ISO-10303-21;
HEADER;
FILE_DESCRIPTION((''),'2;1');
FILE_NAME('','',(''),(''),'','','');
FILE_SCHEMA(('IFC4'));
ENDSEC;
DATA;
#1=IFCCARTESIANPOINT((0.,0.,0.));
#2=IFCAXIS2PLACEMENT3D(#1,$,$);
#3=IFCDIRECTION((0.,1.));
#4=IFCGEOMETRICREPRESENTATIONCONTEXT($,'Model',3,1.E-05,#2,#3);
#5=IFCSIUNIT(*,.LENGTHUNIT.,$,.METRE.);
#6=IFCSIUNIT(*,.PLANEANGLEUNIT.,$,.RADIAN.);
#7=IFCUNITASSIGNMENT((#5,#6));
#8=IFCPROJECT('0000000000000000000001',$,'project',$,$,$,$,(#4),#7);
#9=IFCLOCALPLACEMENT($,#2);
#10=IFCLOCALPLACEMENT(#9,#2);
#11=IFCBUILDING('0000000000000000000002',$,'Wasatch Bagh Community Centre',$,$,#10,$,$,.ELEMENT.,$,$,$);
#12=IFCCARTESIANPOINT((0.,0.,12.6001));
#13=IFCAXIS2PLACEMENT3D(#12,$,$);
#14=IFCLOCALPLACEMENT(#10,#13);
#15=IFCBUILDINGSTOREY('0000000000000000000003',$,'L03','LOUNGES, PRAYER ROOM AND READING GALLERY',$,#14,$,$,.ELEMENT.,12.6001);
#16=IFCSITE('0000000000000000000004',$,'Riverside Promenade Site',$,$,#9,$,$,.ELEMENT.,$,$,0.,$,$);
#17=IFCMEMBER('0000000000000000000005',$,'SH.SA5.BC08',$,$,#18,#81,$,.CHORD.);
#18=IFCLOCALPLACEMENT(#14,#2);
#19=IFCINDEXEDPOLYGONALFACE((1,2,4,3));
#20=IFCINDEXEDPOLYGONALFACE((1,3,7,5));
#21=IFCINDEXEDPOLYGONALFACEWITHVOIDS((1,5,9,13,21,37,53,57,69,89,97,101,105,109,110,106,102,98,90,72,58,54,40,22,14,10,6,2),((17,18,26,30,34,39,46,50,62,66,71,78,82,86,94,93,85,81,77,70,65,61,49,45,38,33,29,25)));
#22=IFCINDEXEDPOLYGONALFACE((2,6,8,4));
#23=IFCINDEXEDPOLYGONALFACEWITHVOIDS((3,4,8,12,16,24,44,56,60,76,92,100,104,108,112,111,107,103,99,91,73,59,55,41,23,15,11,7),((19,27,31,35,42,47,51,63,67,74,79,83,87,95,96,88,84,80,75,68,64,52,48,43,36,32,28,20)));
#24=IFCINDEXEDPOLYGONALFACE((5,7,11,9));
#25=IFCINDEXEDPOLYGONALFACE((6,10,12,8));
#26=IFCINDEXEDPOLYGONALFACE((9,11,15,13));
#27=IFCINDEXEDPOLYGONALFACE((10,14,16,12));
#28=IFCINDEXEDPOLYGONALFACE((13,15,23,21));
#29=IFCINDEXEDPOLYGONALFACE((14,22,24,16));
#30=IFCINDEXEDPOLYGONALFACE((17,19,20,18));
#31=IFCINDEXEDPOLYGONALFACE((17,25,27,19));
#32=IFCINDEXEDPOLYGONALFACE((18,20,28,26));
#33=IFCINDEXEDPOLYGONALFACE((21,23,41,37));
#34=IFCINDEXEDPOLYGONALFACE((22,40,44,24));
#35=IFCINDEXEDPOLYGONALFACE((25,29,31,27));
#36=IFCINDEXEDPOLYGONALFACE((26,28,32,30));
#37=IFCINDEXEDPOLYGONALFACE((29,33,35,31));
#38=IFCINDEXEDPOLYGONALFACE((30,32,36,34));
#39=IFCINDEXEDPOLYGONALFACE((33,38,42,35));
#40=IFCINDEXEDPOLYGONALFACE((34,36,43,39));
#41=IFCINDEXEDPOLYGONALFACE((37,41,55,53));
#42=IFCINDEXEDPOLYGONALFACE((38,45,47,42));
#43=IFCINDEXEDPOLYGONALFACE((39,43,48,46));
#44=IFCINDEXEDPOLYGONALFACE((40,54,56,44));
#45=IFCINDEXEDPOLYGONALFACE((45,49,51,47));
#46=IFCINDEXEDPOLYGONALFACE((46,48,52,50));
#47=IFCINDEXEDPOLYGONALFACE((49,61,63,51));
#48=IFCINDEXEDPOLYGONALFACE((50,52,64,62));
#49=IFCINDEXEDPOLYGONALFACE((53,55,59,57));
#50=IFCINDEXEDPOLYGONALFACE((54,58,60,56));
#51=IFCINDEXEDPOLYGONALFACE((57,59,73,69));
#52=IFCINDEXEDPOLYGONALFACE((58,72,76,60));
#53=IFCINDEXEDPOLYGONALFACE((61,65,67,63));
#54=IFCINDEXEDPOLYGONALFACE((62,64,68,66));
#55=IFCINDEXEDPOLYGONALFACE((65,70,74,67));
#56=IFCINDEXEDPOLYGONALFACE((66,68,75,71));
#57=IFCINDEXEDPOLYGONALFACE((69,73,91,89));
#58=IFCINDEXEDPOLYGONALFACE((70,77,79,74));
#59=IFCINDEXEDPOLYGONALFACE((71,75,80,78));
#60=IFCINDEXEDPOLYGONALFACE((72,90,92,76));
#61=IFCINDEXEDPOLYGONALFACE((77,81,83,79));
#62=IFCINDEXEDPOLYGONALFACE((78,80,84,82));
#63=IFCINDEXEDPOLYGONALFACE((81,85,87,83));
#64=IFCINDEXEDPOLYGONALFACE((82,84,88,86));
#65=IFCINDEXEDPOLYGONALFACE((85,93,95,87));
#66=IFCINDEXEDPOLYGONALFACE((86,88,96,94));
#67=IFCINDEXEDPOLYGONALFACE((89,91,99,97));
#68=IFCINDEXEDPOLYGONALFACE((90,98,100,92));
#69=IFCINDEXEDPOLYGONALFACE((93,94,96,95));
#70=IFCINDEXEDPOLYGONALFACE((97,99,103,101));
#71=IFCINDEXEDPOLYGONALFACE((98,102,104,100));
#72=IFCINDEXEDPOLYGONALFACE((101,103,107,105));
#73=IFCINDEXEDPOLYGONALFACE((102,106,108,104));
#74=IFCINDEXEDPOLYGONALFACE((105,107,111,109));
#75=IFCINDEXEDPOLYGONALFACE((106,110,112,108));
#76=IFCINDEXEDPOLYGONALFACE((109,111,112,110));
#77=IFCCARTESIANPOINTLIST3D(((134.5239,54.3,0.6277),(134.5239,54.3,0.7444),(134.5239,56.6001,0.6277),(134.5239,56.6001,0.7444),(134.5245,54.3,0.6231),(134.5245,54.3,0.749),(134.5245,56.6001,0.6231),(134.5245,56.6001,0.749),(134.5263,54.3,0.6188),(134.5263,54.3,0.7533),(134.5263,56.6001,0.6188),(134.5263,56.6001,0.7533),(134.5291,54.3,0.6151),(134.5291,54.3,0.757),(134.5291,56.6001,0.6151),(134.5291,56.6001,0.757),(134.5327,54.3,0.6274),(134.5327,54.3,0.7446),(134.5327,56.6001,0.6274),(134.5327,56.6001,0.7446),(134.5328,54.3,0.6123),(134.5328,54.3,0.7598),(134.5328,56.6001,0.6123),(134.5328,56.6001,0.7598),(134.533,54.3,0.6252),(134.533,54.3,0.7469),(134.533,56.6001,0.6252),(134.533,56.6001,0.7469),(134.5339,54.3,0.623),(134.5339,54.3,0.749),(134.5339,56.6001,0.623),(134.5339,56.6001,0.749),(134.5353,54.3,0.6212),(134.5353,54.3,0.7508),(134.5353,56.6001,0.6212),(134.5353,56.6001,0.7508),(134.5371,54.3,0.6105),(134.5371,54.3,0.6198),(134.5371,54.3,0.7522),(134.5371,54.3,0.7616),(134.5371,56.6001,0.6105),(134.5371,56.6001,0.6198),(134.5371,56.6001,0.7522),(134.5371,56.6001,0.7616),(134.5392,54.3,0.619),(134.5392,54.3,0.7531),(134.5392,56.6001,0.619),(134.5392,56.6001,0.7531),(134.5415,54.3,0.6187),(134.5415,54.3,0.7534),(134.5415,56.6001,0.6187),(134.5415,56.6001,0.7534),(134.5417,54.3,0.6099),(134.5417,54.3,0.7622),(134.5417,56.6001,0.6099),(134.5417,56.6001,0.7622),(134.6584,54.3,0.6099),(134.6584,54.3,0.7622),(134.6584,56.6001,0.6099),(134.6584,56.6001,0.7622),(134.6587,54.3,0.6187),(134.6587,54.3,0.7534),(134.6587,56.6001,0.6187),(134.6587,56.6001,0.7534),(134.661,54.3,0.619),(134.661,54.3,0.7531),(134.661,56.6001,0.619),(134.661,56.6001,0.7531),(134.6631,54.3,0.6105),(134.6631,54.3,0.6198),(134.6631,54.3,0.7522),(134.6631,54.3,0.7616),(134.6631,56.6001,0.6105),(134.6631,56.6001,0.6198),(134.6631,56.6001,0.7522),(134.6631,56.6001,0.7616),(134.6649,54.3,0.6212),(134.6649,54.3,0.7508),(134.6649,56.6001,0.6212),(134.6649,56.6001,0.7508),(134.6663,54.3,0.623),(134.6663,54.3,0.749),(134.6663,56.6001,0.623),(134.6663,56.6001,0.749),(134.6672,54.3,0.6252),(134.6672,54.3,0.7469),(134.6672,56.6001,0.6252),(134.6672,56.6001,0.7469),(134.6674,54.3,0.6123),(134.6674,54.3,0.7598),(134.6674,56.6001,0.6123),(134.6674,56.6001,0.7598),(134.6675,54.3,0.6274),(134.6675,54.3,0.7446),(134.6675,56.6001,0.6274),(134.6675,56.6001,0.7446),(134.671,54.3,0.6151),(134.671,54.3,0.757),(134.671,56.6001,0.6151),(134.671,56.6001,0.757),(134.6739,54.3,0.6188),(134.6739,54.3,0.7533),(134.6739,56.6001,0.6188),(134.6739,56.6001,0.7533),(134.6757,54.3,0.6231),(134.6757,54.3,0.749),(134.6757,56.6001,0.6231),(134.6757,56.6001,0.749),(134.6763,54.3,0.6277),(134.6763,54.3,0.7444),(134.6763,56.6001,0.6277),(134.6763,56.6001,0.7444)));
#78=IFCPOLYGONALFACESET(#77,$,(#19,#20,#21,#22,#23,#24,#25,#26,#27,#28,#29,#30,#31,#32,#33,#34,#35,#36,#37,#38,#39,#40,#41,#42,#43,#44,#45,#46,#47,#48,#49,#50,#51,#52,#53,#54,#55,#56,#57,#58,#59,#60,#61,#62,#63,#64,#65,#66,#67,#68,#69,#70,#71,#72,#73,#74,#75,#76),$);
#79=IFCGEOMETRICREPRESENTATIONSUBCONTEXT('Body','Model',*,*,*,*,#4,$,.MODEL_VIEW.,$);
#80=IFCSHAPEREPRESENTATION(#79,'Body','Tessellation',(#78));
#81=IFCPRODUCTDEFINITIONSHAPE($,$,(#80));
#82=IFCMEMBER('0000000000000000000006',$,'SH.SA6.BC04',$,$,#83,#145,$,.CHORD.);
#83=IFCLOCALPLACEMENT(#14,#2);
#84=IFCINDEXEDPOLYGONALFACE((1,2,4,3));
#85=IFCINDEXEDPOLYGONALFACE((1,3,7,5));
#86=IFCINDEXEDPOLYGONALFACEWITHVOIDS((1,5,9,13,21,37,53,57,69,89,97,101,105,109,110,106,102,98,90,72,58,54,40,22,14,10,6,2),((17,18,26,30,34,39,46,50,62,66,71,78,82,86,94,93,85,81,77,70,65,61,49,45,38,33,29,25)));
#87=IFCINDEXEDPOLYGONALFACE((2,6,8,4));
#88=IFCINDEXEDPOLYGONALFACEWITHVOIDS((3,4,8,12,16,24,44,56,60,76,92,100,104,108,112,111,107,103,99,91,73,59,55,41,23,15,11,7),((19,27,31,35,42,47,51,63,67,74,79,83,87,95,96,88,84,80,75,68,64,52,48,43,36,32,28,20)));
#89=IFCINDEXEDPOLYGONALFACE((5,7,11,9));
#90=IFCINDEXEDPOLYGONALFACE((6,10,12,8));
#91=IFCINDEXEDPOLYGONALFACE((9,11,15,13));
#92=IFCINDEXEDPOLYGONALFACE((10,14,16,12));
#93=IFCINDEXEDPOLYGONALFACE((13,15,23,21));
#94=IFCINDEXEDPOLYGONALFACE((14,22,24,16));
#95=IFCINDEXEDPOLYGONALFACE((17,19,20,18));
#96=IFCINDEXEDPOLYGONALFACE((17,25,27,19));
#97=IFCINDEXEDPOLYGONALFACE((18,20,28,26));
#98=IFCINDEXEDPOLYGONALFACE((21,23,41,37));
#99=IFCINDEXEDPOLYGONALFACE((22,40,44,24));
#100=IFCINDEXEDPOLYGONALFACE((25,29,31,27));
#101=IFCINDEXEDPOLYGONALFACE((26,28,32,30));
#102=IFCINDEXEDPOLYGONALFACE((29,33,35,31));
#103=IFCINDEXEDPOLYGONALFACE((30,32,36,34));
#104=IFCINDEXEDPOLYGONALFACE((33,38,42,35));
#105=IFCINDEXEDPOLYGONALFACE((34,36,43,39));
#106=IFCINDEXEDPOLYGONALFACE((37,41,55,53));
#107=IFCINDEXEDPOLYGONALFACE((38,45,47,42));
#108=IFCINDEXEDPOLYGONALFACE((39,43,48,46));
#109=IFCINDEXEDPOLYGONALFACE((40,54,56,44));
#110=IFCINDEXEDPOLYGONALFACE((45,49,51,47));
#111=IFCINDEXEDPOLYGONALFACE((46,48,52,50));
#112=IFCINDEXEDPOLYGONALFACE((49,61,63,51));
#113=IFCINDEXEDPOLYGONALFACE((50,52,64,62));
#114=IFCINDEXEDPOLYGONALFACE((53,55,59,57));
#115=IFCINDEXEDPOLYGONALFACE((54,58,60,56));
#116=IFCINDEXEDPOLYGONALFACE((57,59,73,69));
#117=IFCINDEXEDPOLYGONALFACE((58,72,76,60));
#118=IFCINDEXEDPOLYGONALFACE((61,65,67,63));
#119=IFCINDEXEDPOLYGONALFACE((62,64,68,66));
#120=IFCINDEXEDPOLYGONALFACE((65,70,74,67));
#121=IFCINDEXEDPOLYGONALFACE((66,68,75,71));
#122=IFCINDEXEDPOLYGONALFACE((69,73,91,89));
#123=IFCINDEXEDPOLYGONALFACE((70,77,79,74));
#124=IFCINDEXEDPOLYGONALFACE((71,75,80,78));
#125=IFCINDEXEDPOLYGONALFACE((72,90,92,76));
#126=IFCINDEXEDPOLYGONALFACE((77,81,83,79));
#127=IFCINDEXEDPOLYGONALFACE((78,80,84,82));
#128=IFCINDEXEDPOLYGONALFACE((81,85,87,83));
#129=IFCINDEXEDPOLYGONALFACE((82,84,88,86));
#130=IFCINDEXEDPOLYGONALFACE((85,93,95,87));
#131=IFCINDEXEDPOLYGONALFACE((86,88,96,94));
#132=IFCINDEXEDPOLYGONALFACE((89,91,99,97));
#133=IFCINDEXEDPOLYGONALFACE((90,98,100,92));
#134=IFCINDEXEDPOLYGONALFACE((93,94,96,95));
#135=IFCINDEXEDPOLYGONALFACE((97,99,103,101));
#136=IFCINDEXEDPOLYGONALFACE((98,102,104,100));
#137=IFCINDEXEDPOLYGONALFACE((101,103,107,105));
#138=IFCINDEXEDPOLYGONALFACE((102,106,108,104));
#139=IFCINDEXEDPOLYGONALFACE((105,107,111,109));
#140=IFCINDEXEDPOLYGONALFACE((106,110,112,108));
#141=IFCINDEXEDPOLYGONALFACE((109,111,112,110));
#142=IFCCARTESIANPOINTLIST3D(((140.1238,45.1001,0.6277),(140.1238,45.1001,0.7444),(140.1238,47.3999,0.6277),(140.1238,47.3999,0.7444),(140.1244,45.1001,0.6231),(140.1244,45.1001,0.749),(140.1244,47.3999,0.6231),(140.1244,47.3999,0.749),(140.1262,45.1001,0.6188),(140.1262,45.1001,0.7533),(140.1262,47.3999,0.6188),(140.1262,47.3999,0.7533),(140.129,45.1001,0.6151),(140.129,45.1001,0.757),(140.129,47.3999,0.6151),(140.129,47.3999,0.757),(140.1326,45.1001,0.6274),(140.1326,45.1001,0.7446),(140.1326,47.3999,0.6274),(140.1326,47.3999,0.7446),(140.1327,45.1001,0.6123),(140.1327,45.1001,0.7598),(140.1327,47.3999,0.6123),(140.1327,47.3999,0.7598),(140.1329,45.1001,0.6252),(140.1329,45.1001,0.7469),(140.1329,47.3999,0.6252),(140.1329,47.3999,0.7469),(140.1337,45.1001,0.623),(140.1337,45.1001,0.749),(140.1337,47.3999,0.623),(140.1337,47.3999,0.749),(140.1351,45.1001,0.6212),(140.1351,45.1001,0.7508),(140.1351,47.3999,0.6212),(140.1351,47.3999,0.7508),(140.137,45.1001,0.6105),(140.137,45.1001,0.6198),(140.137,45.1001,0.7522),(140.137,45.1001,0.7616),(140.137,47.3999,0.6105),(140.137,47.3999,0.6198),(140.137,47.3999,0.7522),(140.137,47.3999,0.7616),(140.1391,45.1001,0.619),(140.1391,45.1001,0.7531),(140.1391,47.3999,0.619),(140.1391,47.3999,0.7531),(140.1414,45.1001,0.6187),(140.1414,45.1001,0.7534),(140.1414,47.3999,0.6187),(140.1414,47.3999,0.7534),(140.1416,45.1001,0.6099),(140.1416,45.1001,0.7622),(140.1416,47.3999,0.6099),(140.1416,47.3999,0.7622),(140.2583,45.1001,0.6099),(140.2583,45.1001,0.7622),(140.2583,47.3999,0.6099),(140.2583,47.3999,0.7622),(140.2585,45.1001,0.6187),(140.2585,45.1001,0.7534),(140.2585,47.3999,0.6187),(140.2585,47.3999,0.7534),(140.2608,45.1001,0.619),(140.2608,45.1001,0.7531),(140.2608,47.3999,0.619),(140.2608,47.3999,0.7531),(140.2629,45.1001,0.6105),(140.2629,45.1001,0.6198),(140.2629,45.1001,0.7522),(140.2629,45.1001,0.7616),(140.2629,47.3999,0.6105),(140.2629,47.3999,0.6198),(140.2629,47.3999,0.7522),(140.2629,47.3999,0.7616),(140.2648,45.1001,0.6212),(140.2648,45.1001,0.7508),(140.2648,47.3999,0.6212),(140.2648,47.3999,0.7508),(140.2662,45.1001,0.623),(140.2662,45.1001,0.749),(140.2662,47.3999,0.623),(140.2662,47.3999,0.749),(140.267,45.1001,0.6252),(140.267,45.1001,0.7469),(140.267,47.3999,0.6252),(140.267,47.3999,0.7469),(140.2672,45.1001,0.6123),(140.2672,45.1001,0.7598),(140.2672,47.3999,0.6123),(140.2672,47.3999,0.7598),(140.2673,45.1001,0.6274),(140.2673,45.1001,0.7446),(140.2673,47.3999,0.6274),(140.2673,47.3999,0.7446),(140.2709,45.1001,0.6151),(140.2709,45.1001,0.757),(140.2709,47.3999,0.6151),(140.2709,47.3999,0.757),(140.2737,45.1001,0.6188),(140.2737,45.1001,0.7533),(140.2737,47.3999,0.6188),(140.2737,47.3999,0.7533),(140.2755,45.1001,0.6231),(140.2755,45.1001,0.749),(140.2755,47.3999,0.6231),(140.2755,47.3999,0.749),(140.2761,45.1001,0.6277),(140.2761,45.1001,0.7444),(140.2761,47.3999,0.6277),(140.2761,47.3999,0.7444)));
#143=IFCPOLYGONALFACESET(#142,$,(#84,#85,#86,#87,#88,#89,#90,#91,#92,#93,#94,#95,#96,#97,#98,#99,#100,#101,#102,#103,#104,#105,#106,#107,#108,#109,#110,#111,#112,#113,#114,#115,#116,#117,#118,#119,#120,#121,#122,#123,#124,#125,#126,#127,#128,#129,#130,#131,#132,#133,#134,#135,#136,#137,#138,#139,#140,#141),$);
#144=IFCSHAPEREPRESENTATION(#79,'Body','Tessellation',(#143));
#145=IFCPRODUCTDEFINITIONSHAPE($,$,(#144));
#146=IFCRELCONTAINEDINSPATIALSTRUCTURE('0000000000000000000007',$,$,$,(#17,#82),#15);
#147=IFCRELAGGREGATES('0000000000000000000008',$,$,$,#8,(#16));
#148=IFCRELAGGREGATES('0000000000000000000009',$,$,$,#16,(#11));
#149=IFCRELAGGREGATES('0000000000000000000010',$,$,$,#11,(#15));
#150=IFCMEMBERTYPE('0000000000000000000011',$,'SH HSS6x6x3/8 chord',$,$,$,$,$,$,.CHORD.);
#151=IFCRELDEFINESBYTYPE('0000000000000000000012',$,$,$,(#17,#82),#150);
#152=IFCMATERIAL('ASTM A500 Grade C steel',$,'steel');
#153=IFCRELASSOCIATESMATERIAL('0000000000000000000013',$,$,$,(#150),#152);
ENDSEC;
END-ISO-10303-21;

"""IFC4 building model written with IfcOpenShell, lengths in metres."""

from ifc_helpers import new_model, si_unit, direction, frame, origin, origin_2d, place, context, subcontext, project, spatial, hollow_rectangle, extrude, material, material_profile, profile_set, type_object, element, save


model = new_model("IFC4")

# Units and contexts
model_context = context("Model", 3, precision=1e-05, world=origin(), true_north=direction((0.0, 1.0)))
body_context = subcontext(model_context, "Body", "Model", "MODEL_VIEW")
ifc_project = project(units=[si_unit("LENGTHUNIT", "METRE"), si_unit("PLANEANGLEUNIT", "RADIAN")], contexts=[model_context])

# Site, building, storey
site_placement = place(None, origin())
site = spatial("IfcSite", under=ifc_project, at=site_placement, Name="Riverside Promenade Site", CompositionType="ELEMENT", RefElevation=0.0)
building_placement = place(site_placement, origin())
building = spatial("IfcBuilding", under=site, at=building_placement, Name="Wasatch Bagh Community Centre", CompositionType="ELEMENT")
storey_placement = place(building_placement, frame((0.0, 0.0, 12.6001)))
storey = spatial("IfcBuildingStorey", under=building, at=storey_placement, Name="L03", Description="LOUNGES, PRAYER ROOM AND READING GALLERY", CompositionType="ELEMENT", Elevation=12.6001)

# Members
ifc_material_1 = material(Name="ASTM A500 Grade C steel", Category="steel")
ifc_material_profile_1 = material_profile(ifc_material_1, hollow_rectangle(XDim=0.1523, YDim=0.1523, WallThickness=0.0088, InnerFilletRadius=0.0088, OuterFilletRadius=0.0178, at=origin_2d()), Name="HSS6x6x3/8")
ifc_profile_set_1 = profile_set([ifc_material_profile_1], Name="ASTM A500 Grade C steel")
member_type_1 = type_object("IfcMemberType", Name="SH HSS6x6x3/8 chord", PredefinedType="CHORD", material=ifc_profile_set_1)
for number, where, z_axis, x_axis, name in (
    (1, (134.6001, 54.3, 0.686), (0.0, 1.0, 0.0), (-1.0, 0.0, 0.0), "SH.SA5.BC08"),
):
    element("IfcMember", number, at=place(storey_placement, frame(where, z_axis=z_axis, x_axis=x_axis)), inside=storey, type_object=member_type_1, Name=name, PredefinedType="CHORD", context=body_context, shape_type="SweptSolid", body=[
        extrude(hollow_rectangle(XDim=0.1523, YDim=0.1523, WallThickness=0.0088, InnerFilletRadius=0.0088, OuterFilletRadius=0.0178, at=origin_2d()), origin(), (0.0, 0.0, 1.0), 2.3),
    ])
member_1_placement = place(storey_placement, frame((140.2, 45.1001, 0.686), z_axis=(0.0, 1.0, 0.0), x_axis=(-1.0, 0.0, 0.0)))
element("IfcMember", 2, at=member_1_placement, inside=storey, type_object=member_type_1, Name="SH.SA6.BC04", PredefinedType="CHORD", context=body_context, shape_type="SweptSolid", body=[
    extrude(hollow_rectangle(XDim=0.1523, YDim=0.1523, WallThickness=0.0088, InnerFilletRadius=0.0088, OuterFilletRadius=0.0178, at=origin_2d()), origin(), (0.0, 0.0, 1.0), 2.2998),
])

save(model, "model.ifc")
